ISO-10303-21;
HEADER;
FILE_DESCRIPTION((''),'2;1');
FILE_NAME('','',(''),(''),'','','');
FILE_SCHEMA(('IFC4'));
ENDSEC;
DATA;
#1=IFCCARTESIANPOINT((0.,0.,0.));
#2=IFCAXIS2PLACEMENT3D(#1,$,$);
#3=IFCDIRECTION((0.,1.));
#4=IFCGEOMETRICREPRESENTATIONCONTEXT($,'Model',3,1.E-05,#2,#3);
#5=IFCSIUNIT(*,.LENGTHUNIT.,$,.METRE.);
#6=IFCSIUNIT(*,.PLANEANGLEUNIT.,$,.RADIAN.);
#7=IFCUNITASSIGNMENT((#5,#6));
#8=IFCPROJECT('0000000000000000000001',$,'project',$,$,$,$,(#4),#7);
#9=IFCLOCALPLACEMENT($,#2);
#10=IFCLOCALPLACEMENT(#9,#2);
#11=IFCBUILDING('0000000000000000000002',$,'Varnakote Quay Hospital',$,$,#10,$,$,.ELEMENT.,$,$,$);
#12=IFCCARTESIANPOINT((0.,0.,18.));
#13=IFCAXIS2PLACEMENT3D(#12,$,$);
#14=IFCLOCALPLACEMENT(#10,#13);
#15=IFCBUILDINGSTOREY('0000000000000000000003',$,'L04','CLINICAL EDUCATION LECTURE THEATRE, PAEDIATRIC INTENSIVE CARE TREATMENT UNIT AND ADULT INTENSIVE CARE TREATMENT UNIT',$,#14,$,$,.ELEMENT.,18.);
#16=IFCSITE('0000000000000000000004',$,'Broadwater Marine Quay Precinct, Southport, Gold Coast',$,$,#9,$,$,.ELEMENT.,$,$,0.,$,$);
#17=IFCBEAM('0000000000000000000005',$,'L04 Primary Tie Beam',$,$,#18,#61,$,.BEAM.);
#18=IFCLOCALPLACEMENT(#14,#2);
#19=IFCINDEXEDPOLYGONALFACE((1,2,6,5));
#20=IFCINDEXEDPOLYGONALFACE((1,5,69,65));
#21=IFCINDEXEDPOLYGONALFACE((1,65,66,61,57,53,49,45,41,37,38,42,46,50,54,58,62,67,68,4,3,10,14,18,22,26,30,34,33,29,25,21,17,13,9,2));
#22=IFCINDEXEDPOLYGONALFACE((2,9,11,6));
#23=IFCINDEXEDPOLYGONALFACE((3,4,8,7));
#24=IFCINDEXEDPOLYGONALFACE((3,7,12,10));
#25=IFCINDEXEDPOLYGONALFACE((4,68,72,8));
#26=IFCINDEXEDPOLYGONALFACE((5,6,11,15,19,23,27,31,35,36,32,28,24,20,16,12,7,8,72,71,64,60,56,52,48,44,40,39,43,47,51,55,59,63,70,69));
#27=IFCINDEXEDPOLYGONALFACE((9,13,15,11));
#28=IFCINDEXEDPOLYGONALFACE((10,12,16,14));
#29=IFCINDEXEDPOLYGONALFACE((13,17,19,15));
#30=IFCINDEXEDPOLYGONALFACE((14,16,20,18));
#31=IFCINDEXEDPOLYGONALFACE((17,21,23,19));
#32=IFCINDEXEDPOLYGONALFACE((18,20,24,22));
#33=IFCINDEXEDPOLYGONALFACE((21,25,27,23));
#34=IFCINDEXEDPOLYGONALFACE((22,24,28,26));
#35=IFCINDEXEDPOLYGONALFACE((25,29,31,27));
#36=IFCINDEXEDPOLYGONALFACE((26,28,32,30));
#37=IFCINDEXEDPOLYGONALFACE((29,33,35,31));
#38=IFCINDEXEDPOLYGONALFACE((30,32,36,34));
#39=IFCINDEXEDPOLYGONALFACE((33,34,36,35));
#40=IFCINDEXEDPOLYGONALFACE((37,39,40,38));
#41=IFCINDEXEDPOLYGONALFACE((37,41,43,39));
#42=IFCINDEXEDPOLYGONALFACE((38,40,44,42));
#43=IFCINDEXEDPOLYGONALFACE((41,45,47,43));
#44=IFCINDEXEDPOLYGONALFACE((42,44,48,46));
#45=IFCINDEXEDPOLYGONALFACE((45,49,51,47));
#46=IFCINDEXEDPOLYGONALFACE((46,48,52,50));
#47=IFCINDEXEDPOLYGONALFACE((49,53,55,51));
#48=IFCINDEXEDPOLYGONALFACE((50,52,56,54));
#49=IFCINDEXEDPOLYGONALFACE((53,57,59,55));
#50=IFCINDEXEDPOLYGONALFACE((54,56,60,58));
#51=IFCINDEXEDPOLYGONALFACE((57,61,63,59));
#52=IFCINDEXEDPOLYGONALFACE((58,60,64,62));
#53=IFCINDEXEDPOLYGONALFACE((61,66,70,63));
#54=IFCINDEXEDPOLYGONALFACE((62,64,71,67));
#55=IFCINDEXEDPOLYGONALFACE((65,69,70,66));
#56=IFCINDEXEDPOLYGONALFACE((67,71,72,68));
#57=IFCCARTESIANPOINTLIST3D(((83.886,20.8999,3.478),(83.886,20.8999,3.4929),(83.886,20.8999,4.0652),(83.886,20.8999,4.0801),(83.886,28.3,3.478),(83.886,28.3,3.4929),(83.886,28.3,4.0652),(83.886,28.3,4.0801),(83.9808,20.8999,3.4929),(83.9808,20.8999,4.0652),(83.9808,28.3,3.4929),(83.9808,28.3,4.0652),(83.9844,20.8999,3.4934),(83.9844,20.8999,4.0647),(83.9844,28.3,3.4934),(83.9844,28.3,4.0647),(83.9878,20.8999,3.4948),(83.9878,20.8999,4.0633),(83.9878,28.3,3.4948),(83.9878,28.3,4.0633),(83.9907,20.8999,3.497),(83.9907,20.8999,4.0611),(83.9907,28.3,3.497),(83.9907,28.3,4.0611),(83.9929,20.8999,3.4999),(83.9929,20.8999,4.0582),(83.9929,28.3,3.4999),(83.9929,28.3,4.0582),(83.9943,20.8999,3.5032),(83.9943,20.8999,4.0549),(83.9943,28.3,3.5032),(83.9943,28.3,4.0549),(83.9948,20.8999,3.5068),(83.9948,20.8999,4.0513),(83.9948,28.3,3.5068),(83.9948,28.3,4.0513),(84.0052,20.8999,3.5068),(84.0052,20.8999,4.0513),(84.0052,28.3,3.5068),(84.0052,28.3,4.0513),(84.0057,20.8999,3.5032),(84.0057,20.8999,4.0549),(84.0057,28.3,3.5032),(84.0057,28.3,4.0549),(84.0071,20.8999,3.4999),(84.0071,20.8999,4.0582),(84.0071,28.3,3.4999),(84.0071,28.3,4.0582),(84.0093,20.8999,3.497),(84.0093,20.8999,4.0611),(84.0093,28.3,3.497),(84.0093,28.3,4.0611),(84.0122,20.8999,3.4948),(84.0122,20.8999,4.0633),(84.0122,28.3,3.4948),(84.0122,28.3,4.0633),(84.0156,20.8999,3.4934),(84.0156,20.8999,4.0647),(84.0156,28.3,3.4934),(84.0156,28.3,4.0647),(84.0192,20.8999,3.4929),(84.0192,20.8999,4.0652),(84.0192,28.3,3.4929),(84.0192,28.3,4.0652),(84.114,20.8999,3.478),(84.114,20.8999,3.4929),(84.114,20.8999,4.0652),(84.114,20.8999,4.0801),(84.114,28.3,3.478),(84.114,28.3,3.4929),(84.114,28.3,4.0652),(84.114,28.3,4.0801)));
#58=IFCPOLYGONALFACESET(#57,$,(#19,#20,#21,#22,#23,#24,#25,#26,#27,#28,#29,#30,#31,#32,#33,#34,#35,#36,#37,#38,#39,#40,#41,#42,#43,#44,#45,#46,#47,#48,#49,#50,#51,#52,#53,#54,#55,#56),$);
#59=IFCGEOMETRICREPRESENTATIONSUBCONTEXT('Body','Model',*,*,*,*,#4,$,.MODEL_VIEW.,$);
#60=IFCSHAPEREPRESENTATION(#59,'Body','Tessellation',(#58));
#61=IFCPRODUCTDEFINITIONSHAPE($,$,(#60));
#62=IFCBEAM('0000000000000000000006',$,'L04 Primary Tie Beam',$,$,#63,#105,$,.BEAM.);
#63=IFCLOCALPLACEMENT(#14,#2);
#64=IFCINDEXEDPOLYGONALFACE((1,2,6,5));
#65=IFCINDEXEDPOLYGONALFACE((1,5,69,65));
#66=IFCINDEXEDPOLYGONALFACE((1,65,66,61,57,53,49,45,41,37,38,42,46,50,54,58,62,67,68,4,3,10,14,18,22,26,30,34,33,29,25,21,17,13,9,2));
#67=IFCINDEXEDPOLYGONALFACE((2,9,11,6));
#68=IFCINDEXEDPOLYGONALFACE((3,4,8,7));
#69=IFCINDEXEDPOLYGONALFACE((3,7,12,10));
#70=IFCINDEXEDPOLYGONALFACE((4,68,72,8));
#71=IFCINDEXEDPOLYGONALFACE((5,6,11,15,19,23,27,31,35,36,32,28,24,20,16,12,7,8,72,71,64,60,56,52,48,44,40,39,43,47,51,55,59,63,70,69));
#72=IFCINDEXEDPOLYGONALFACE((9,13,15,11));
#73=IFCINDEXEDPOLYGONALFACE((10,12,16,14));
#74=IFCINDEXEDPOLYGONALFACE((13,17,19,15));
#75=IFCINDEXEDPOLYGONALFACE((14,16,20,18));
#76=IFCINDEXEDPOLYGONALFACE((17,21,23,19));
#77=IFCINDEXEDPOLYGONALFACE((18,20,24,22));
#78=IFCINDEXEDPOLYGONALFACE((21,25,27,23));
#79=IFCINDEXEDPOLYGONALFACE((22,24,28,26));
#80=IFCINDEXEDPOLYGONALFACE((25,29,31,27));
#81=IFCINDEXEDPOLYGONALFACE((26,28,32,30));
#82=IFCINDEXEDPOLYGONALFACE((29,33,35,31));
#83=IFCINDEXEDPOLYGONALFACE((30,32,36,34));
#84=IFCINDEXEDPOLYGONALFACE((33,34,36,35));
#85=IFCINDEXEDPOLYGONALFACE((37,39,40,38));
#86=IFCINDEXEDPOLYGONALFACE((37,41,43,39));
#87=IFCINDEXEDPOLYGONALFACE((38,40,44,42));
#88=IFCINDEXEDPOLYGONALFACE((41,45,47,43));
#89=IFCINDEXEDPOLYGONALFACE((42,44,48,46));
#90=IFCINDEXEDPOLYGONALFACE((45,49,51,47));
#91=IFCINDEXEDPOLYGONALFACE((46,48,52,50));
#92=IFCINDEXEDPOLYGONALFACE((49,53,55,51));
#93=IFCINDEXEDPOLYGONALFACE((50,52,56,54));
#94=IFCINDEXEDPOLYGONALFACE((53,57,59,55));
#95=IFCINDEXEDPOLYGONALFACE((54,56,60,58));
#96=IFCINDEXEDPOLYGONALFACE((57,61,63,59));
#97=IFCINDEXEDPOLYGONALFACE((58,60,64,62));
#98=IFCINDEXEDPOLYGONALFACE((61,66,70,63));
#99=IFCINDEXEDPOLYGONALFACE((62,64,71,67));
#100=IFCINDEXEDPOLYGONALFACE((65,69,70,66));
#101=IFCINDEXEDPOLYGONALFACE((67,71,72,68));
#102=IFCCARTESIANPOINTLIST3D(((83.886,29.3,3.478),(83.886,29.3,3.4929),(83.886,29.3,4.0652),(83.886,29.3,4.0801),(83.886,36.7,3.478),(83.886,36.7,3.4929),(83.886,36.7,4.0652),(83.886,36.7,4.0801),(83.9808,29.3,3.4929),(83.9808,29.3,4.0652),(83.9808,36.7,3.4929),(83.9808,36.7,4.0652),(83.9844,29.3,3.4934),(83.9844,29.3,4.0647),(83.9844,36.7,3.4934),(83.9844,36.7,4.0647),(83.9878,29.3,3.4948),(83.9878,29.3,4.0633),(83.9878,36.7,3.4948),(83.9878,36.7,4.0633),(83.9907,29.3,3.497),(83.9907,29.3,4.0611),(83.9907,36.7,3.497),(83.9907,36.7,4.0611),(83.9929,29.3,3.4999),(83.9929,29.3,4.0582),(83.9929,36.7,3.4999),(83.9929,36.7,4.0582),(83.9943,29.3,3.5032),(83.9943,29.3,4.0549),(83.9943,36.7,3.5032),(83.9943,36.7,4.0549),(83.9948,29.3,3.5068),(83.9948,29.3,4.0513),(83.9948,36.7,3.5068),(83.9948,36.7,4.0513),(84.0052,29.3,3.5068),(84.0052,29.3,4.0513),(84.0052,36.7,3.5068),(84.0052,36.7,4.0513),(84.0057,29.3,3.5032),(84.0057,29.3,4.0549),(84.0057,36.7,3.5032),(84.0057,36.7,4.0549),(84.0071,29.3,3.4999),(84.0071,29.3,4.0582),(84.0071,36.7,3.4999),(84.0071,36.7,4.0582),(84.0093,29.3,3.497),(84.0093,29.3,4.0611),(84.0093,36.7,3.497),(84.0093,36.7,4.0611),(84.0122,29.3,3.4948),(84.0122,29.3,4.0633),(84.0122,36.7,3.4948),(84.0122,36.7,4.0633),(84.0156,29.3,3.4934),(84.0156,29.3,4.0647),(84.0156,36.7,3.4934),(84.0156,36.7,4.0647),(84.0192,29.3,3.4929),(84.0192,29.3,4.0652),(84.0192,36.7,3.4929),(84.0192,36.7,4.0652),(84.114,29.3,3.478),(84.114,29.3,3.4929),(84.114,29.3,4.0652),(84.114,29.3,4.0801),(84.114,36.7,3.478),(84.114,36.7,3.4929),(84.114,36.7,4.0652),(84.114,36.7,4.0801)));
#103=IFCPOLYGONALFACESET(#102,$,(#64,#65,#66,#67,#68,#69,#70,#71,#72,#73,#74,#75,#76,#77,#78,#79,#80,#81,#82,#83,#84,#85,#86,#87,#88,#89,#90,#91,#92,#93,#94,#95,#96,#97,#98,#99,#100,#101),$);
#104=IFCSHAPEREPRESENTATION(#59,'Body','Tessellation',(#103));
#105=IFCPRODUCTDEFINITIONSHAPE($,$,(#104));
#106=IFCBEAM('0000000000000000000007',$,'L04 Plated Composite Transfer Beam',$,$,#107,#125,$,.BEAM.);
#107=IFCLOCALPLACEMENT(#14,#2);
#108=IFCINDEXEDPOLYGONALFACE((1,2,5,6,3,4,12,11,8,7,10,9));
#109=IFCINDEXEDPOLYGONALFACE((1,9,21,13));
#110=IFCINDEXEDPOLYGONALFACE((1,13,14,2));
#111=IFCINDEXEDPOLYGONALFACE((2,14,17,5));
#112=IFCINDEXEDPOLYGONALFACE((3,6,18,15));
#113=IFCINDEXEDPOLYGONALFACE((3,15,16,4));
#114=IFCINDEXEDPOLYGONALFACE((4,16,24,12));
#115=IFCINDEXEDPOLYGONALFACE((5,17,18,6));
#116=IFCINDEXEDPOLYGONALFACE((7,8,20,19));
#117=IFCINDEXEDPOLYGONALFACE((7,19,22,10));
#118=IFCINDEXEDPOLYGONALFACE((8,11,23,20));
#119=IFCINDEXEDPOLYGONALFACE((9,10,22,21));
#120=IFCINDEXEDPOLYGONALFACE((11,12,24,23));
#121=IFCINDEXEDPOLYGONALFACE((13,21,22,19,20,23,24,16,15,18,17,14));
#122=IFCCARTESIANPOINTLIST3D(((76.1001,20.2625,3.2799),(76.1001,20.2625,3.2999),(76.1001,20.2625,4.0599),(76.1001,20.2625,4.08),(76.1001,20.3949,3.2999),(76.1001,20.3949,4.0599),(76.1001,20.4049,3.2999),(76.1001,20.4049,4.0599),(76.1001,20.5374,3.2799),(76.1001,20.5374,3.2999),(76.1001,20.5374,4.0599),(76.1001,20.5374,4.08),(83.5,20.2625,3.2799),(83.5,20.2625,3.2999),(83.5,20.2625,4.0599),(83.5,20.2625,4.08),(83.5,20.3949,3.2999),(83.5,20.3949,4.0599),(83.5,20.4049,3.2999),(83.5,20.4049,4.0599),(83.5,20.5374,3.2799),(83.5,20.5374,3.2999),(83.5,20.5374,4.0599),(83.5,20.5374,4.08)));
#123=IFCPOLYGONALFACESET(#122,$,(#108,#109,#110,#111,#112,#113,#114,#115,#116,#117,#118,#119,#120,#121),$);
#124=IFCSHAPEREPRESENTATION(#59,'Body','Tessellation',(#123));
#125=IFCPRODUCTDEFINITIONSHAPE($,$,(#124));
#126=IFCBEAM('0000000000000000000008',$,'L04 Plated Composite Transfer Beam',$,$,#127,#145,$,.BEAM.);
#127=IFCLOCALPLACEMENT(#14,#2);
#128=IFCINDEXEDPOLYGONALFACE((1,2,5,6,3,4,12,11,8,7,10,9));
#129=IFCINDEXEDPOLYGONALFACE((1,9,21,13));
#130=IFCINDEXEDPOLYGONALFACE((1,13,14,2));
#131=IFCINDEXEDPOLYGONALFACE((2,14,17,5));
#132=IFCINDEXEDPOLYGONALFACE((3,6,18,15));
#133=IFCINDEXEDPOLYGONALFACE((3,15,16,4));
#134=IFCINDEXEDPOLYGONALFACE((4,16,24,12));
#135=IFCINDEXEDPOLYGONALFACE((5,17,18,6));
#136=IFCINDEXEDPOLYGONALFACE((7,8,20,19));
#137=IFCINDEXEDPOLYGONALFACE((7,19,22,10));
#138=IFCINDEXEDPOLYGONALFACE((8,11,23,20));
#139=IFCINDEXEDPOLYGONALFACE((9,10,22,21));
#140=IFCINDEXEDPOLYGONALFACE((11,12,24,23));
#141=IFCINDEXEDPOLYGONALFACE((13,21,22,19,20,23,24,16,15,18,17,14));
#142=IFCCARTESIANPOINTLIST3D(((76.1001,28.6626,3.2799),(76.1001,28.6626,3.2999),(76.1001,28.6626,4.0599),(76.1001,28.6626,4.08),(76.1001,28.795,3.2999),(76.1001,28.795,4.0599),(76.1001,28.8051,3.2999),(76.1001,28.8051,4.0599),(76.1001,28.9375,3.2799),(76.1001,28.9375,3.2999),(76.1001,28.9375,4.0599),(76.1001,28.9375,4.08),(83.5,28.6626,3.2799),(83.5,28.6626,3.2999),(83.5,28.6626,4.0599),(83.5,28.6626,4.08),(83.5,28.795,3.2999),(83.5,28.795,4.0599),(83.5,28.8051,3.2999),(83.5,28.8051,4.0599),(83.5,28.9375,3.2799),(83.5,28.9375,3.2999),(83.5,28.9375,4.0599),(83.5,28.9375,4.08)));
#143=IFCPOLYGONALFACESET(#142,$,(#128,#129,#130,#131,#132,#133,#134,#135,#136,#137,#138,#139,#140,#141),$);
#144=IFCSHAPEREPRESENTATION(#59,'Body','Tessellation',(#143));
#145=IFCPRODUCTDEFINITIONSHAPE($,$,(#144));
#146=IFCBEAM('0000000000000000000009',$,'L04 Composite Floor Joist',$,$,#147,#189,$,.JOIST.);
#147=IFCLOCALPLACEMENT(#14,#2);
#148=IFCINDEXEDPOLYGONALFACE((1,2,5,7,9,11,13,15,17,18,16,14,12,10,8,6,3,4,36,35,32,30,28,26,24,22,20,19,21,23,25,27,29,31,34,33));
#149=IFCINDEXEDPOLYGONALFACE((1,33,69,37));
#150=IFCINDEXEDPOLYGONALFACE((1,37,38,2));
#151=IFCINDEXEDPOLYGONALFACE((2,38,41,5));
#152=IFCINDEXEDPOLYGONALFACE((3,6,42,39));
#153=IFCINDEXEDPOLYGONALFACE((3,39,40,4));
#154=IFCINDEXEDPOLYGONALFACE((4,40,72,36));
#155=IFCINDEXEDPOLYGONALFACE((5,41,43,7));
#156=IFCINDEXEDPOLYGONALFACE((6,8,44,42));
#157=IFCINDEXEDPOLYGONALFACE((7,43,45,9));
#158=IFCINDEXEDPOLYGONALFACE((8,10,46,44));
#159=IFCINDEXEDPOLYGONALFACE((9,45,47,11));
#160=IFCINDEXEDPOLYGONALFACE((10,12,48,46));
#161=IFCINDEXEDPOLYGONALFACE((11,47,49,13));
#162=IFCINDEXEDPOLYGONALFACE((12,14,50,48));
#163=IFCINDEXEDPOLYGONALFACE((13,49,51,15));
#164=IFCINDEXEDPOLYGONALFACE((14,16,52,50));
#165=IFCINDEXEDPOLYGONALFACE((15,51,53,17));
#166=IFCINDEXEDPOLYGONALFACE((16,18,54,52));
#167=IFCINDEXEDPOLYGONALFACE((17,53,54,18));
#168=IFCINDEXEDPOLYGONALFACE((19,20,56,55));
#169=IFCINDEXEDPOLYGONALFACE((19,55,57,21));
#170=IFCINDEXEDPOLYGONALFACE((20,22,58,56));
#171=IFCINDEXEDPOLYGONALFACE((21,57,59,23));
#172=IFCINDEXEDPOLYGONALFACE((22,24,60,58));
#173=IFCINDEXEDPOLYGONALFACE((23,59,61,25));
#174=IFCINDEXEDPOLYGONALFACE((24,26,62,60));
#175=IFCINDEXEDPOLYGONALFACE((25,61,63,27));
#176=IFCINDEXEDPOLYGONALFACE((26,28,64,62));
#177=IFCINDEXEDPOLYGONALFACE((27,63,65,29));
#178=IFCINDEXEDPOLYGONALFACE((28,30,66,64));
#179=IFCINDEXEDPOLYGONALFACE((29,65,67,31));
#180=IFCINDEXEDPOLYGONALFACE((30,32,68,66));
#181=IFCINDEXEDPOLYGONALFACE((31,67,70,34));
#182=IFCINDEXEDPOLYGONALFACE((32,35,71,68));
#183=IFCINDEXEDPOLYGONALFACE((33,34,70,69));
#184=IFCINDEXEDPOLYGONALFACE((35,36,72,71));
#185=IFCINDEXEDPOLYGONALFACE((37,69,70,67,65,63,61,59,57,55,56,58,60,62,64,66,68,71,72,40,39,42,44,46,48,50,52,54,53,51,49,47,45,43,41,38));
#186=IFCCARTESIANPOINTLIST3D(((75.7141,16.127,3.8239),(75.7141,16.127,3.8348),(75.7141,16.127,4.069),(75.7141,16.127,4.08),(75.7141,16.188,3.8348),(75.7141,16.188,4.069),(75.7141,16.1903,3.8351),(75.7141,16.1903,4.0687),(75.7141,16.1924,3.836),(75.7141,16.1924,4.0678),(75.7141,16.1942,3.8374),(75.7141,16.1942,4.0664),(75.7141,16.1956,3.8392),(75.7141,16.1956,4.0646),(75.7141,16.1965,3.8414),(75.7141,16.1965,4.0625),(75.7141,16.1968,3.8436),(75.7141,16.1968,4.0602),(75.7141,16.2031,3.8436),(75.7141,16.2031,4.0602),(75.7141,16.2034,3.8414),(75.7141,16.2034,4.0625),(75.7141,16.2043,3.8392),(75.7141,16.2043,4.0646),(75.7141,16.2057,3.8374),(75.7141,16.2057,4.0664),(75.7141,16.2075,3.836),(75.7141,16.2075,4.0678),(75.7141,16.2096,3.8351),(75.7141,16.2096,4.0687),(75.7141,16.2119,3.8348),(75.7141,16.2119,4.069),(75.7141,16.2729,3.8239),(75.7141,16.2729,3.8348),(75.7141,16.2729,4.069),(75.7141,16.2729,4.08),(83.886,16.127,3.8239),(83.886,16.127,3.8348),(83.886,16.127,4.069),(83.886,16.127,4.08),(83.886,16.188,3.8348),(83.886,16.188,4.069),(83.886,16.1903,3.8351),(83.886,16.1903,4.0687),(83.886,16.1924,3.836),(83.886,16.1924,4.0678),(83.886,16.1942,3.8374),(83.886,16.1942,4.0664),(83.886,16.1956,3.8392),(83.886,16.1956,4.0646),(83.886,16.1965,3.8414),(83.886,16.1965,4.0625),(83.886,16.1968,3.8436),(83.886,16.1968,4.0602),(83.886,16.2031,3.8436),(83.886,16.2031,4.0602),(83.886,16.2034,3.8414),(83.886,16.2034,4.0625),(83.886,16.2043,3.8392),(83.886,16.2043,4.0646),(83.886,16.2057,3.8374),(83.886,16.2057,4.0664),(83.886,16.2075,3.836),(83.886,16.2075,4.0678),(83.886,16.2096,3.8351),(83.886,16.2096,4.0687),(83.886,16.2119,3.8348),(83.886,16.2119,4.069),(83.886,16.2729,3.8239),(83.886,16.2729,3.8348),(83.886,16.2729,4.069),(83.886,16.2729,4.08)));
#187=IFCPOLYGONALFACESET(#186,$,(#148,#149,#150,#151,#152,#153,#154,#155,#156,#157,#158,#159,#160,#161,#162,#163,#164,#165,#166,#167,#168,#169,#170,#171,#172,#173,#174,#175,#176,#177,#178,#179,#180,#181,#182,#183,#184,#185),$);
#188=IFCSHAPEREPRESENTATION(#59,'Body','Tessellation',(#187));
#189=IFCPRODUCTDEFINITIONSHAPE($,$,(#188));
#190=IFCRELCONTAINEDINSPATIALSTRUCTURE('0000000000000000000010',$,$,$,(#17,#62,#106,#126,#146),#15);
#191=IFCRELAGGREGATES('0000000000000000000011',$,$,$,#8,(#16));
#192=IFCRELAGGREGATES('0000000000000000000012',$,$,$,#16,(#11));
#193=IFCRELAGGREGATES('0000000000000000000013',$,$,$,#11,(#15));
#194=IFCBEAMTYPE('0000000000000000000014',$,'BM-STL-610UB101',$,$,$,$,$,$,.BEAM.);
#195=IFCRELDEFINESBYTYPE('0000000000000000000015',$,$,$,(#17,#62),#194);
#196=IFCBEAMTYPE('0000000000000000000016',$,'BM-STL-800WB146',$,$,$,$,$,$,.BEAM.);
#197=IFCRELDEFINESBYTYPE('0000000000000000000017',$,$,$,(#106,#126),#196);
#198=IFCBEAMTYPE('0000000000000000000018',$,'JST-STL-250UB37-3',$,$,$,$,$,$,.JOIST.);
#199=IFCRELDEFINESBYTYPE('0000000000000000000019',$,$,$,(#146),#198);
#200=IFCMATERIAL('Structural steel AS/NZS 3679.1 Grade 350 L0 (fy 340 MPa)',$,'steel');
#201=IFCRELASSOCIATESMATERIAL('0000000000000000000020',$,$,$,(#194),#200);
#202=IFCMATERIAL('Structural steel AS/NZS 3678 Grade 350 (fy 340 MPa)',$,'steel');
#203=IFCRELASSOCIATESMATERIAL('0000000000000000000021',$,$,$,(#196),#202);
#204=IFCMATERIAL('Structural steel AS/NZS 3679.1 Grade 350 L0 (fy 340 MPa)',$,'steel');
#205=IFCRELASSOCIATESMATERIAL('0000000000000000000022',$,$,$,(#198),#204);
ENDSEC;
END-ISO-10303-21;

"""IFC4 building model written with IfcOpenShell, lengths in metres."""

from ifc_helpers import new_model, si_unit, direction, frame, origin, origin_2d, place, context, subcontext, project, spatial, i_section, extrude, material, material_profile, profile_set, type_object, element, save


model = new_model("IFC4")

# Units and contexts
model_context = context("Model", 3, precision=1e-05, world=origin(), true_north=direction((0.0, 1.0)))
body_context = subcontext(model_context, "Body", "Model", "MODEL_VIEW")
ifc_project = project(units=[si_unit("LENGTHUNIT", "METRE"), si_unit("PLANEANGLEUNIT", "RADIAN")], contexts=[model_context])

# Site, building, storey
site_placement = place(None, origin())
site = spatial("IfcSite", under=ifc_project, at=site_placement, Name="Broadwater Marine Quay Precinct, Southport, Gold Coast", CompositionType="ELEMENT", RefElevation=0.0)
building_placement = place(site_placement, origin())
building = spatial("IfcBuilding", under=site, at=building_placement, Name="Varnakote Quay Hospital", CompositionType="ELEMENT")
storey_placement = place(building_placement, frame((0.0, 0.0, 18.0)))
storey = spatial("IfcBuildingStorey", under=building, at=storey_placement, Name="L04", Description="CLINICAL EDUCATION LECTURE THEATRE, PAEDIATRIC INTENSIVE CARE TREATMENT UNIT AND ADULT INTENSIVE CARE TREATMENT UNIT", CompositionType="ELEMENT", Elevation=18.0)

# Beams
ifc_material_1 = material(Name="Structural steel AS/NZS 3679.1 Grade 350 L0 (fy 340 MPa)", Category="steel")
ifc_material_profile_1 = material_profile(ifc_material_1, i_section(OverallWidth=0.228, OverallDepth=0.6021, WebThickness=0.0105, FlangeThickness=0.0149, FilletRadius=0.0139, at=origin_2d()), Name="610UB101")
ifc_profile_set_1 = profile_set([ifc_material_profile_1], Name="Structural steel AS/NZS 3679.1 Grade 350 L0 (fy 340 MPa)")
beam_type_1 = type_object("IfcBeamType", Name="BM-STL-610UB101", PredefinedType="BEAM", material=ifc_profile_set_1)
beam_1_placement = place(storey_placement, frame((84.0, 20.8999, 3.7791), z_axis=(0.0, 1.0, 0.0), x_axis=(-1.0, 0.0, 0.0)))
element("IfcBeam", 1, at=beam_1_placement, inside=storey, type_object=beam_type_1, Name="L04 Primary Tie Beam", PredefinedType="BEAM", context=body_context, shape_type="SweptSolid", body=[
    extrude(i_section(OverallWidth=0.228, OverallDepth=0.6021, WebThickness=0.0105, FlangeThickness=0.0149, FilletRadius=0.0139, at=origin_2d()), origin(), (0.0, 0.0, 1.0), 7.4001),
])
beam_2_placement = place(storey_placement, frame((84.0, 29.3, 3.7791), z_axis=(0.0, 1.0, 0.0), x_axis=(-1.0, 0.0, 0.0)))
element("IfcBeam", 2, at=beam_2_placement, inside=storey, type_object=beam_type_1, Name="L04 Primary Tie Beam", PredefinedType="BEAM", context=body_context, shape_type="SweptSolid", body=[
    extrude(i_section(OverallWidth=0.228, OverallDepth=0.6021, WebThickness=0.0105, FlangeThickness=0.0149, FilletRadius=0.0139, at=origin_2d()), origin(), (0.0, 0.0, 1.0), 7.3999),
])
ifc_material_2 = material(Name="Structural steel AS/NZS 3678 Grade 350 (fy 340 MPa)", Category="steel")
ifc_material_profile_2 = material_profile(ifc_material_2, i_section(OverallWidth=0.2749, OverallDepth=0.8, WebThickness=0.01, FlangeThickness=0.02, at=origin_2d()), Name="800WB146")
ifc_profile_set_2 = profile_set([ifc_material_profile_2], Name="Structural steel AS/NZS 3678 Grade 350 (fy 340 MPa)")
beam_type_2 = type_object("IfcBeamType", Name="BM-STL-800WB146", PredefinedType="BEAM", material=ifc_profile_set_2)
for number, where, z_axis, x_axis, name in (
    (3, (76.1001, 20.3999, 3.6799), (1.0, 0.0, 0.0), (0.0, 1.0, 0.0), "L04 Plated Composite Transfer Beam"),
    (4, (76.1001, 28.8, 3.6799), (1.0, 0.0, 0.0), (0.0, 1.0, 0.0), "L04 Plated Composite Transfer Beam"),
):
    element("IfcBeam", number, at=place(storey_placement, frame(where, z_axis=z_axis, x_axis=x_axis)), inside=storey, type_object=beam_type_2, Name=name, PredefinedType="BEAM", context=body_context, shape_type="SweptSolid", body=[
        extrude(i_section(OverallWidth=0.2749, OverallDepth=0.8, WebThickness=0.01, FlangeThickness=0.02, at=origin_2d()), origin(), (0.0, 0.0, 1.0), 7.3999),
    ])
ifc_material_3 = material(Name="Structural steel AS/NZS 3679.1 Grade 350 L0 (fy 340 MPa)", Category="steel")
ifc_material_profile_3 = material_profile(ifc_material_3, i_section(OverallWidth=0.146, OverallDepth=0.2561, WebThickness=0.0063, FlangeThickness=0.011, FilletRadius=0.0088, at=origin_2d()), Name="250UB37.3")
ifc_profile_set_3 = profile_set([ifc_material_profile_3], Name="Structural steel AS/NZS 3679.1 Grade 350 L0 (fy 340 MPa)")
beam_type_3 = type_object("IfcBeamType", Name="JST-STL-250UB37-3", PredefinedType="JOIST", material=ifc_profile_set_3)
for number, where, z_axis, x_axis, name in (
    (5, (75.7141, 16.2, 3.9519), (1.0, 0.0, 0.0), (0.0, 1.0, 0.0), "L04 Composite Floor Joist"),
):
    element("IfcBeam", number, at=place(storey_placement, frame(where, z_axis=z_axis, x_axis=x_axis)), inside=storey, type_object=beam_type_3, Name=name, PredefinedType="JOIST", context=body_context, shape_type="SweptSolid", body=[
        extrude(i_section(OverallWidth=0.146, OverallDepth=0.2561, WebThickness=0.0063, FlangeThickness=0.011, FilletRadius=0.0088, at=origin_2d()), origin(), (0.0, 0.0, 1.0), 8.1719),
    ])

save(model, "model.ifc")
